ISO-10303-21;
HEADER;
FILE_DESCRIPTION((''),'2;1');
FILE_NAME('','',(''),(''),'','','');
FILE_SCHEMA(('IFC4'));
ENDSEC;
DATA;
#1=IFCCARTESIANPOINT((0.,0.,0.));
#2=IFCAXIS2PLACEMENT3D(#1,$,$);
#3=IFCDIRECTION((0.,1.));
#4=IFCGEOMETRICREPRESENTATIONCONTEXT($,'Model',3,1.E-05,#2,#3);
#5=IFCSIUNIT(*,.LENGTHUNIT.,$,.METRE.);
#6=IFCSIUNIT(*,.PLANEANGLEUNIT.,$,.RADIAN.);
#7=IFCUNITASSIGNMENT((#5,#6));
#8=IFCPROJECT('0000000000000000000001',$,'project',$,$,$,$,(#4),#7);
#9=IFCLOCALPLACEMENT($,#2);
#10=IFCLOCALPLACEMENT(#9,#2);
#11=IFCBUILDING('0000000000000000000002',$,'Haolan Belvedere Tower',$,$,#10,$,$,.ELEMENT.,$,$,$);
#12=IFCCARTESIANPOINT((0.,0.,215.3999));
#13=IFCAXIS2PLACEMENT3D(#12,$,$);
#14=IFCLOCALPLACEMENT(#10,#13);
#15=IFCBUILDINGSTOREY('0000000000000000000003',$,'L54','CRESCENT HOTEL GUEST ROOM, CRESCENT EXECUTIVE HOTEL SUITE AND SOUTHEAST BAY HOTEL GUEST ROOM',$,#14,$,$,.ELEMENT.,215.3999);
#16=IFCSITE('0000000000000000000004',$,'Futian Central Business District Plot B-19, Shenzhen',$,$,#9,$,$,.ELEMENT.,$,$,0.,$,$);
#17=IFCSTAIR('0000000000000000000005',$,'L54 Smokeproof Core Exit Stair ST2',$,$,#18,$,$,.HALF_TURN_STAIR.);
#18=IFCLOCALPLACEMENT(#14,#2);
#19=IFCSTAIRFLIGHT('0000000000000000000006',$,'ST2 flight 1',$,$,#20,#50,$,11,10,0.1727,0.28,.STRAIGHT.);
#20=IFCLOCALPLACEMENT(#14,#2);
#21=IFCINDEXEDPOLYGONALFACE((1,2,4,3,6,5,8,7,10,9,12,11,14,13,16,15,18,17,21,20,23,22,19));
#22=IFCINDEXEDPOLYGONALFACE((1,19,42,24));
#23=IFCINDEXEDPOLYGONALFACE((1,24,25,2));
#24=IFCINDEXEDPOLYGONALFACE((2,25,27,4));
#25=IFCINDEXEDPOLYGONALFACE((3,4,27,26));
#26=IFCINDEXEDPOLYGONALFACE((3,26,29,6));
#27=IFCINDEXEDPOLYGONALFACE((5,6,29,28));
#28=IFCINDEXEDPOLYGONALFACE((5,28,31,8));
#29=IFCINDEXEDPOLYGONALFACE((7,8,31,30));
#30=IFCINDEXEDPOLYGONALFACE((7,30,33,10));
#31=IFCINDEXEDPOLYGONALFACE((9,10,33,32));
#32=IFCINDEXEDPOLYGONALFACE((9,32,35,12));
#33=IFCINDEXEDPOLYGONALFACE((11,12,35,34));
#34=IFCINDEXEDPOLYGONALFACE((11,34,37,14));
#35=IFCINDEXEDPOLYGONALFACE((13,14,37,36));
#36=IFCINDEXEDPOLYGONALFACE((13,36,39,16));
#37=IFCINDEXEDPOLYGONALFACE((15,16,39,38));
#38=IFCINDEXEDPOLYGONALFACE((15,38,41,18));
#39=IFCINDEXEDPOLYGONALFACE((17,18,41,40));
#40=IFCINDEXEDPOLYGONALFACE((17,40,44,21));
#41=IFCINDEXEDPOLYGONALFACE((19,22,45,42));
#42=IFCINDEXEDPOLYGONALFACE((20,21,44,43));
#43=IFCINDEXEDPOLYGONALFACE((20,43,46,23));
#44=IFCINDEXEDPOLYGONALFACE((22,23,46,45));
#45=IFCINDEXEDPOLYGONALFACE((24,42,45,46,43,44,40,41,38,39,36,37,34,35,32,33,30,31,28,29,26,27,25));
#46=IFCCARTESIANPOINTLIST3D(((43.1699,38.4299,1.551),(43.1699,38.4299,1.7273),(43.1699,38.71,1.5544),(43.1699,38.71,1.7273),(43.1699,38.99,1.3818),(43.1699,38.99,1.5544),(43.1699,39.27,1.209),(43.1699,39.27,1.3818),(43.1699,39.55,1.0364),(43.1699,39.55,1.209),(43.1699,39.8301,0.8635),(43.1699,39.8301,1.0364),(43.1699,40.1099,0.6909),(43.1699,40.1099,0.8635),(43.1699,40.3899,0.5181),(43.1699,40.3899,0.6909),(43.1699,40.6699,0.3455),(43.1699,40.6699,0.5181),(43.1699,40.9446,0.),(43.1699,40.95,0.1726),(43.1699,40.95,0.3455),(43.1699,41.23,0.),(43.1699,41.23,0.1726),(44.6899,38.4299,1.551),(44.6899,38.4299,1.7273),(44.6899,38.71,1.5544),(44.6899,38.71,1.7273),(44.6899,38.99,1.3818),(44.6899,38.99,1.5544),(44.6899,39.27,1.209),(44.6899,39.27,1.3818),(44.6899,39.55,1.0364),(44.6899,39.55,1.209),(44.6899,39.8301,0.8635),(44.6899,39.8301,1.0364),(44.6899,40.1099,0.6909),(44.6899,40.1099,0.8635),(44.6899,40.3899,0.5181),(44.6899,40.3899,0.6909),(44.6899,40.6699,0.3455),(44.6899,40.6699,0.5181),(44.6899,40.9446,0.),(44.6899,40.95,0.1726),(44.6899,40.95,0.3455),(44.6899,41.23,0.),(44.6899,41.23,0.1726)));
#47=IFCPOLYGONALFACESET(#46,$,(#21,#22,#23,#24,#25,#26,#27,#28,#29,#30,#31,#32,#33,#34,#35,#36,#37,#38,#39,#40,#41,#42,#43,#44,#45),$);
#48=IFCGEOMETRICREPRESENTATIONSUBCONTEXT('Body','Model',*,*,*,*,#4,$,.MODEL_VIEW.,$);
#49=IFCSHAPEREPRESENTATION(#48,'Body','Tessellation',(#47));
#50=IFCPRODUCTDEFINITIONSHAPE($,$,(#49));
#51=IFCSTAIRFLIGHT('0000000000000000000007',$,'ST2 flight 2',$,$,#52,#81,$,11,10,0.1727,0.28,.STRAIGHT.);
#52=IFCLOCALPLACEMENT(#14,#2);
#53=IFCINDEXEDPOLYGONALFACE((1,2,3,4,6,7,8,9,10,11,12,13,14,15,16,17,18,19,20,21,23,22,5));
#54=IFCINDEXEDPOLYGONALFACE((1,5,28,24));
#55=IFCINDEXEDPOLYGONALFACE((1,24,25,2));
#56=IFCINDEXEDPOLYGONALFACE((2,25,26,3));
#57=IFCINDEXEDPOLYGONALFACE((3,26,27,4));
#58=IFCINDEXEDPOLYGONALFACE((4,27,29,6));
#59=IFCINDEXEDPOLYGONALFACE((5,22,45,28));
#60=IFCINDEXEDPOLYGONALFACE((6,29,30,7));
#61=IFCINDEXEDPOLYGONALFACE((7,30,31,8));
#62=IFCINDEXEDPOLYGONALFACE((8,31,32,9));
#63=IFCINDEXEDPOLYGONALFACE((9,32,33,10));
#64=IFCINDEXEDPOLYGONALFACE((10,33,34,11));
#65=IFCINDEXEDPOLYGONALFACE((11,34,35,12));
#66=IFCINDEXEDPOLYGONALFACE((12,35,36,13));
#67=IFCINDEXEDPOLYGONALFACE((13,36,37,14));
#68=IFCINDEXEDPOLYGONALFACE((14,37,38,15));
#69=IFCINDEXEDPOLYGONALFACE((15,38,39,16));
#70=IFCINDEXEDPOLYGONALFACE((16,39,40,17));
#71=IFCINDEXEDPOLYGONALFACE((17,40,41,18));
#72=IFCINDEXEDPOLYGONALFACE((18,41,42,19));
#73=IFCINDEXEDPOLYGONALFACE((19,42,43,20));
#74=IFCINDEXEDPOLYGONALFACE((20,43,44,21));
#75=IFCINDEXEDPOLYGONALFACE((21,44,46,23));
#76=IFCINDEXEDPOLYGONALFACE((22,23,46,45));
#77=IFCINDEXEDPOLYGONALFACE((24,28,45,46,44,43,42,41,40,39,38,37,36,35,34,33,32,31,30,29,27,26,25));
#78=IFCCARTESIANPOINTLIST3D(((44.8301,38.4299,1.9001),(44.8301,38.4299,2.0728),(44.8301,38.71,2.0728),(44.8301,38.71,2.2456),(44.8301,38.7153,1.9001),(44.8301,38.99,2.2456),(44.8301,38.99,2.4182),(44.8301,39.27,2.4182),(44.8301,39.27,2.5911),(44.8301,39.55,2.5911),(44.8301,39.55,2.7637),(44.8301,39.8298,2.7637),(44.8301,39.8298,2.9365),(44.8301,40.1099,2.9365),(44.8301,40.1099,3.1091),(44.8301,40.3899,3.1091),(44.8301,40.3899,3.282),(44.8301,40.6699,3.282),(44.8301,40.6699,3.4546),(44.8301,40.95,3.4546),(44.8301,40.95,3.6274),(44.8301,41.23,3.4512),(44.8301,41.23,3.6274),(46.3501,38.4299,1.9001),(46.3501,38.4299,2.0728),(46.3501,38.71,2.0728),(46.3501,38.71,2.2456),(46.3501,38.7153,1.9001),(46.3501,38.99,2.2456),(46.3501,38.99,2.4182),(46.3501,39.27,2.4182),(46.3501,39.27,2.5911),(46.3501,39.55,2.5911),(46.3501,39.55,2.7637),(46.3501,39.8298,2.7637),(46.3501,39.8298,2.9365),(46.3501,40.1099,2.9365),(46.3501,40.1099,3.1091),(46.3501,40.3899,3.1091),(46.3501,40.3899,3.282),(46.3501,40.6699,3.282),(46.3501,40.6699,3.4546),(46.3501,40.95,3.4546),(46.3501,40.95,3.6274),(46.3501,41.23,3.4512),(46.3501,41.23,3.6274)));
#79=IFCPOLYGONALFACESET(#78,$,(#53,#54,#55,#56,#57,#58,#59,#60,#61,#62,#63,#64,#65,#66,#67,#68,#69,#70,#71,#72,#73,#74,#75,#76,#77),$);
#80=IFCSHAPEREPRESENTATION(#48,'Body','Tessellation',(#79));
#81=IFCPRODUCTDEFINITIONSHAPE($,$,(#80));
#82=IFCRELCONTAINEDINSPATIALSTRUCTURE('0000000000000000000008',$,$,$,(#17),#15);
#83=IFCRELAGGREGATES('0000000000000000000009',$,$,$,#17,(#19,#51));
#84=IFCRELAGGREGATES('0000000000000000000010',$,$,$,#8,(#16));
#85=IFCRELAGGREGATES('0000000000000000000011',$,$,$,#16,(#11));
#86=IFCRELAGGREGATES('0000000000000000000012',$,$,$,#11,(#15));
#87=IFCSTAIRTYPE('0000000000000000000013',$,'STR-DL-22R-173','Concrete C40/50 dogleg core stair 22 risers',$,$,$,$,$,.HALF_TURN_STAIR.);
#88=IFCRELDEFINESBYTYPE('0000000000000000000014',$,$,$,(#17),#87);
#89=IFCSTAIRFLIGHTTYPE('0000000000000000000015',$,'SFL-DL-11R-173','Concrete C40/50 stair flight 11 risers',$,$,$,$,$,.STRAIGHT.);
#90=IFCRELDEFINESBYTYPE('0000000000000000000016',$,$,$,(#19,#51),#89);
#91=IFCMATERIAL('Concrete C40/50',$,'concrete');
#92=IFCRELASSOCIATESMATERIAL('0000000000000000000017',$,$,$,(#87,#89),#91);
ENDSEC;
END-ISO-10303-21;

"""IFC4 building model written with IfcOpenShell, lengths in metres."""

from ifc_helpers import new_model, si_unit, direction, frame, origin, place, context, subcontext, project, spatial, polyline, outline, extrude, material, type_object, element, aggregate, save


model = new_model("IFC4")

# Units and contexts
model_context = context("Model", 3, precision=1e-05, world=origin(), true_north=direction((0.0, 1.0)))
body_context = subcontext(model_context, "Body", "Model", "MODEL_VIEW")
ifc_project = project(units=[si_unit("LENGTHUNIT", "METRE"), si_unit("PLANEANGLEUNIT", "RADIAN")], contexts=[model_context])

# Site, building, storey
site_placement = place(None, origin())
site = spatial("IfcSite", under=ifc_project, at=site_placement, Name="Futian Central Business District Plot B-19, Shenzhen", CompositionType="ELEMENT", RefElevation=0.0)
building_placement = place(site_placement, origin())
building = spatial("IfcBuilding", under=site, at=building_placement, Name="Haolan Belvedere Tower", CompositionType="ELEMENT")
storey_placement = place(building_placement, frame((0.0, 0.0, 215.3999)))
storey = spatial("IfcBuildingStorey", under=building, at=storey_placement, Name="L54", Description="CRESCENT HOTEL GUEST ROOM, CRESCENT EXECUTIVE HOTEL SUITE AND SOUTHEAST BAY HOTEL GUEST ROOM", CompositionType="ELEMENT", Elevation=215.3999)

# Shared definitions
ifc_material_1 = material(Name="Concrete C40/50", Category="concrete")

# Shared definitions
stair_type = type_object("IfcStairType", Name="STR-DL-22R-173", Description="Concrete C40/50 dogleg core stair 22 risers", PredefinedType="HALF_TURN_STAIR", material=ifc_material_1)
stair_flight_type = type_object("IfcStairFlightType", Name="SFL-DL-11R-173", Description="Concrete C40/50 stair flight 11 risers", PredefinedType="STRAIGHT", material=ifc_material_1)

# Stair, stair flights
stair_1_placement = place(storey_placement, origin())
stair_1 = element("IfcStair", 1, at=stair_1_placement, inside=storey, type_object=stair_type, Name="L54 Smokeproof Core Exit Stair ST2", PredefinedType="HALF_TURN_STAIR")
stair_flight_1_placement = place(storey_placement, frame((43.9299, 41.23, 0.0), z_axis=(0.0, 0.0, 1.0), x_axis=(0.0, -1.0, 0.0)))
stair_flight_1 = element("IfcStairFlight", 2, at=stair_flight_1_placement, type_object=stair_flight_type, Name="ST2 flight 1", NumberOfRisers=11, NumberOfTreads=10, PredefinedType="STRAIGHT", RiserHeight=0.1727, TreadLength=0.28, context=body_context, shape_type="SweptSolid", body=[
    extrude(outline(polyline([(0.0, 0.0), (0.0, 0.1726), (0.28, 0.1726), (0.28, 0.3455), (0.5601, 0.3455), (0.5601, 0.5181), (0.8401, 0.5181), (0.8401, 0.6909), (1.1201, 0.6909), (1.1201, 0.8635), (1.3999, 0.8635), (1.3999, 1.0364), (1.6799, 1.0364), (1.6799, 1.209), (1.96, 1.209), (1.96, 1.3818), (2.24, 1.3818), (2.24, 1.5544), (2.52, 1.5544), (2.52, 1.7273), (2.8, 1.7273), (2.8, 1.8999), (2.8, 1.551), (0.2854, 0.0), (0.0, 0.0)])), frame((0.0, 0.76, 0.0), z_axis=(0.0, -1.0, 0.0), x_axis=(1.0, 0.0, 0.0)), (0.0, 0.0, 1.0), 1.52),
])
stair_flight_2_placement = place(storey_placement, frame((45.5901, 38.4299, 1.9001), z_axis=(0.0, 0.0, 1.0), x_axis=(0.0, 1.0, 0.0)))
stair_flight_2 = element("IfcStairFlight", 3, at=stair_flight_2_placement, type_object=stair_flight_type, Name="ST2 flight 2", NumberOfRisers=11, NumberOfTreads=10, PredefinedType="STRAIGHT", RiserHeight=0.1727, TreadLength=0.28, context=body_context, shape_type="SweptSolid", body=[
    extrude(outline(polyline([(0.0, 0.0), (0.0, 0.1726), (0.28, 0.1726), (0.28, 0.3455), (0.5601, 0.3455), (0.5601, 0.5181), (0.8401, 0.5181), (0.8401, 0.6909), (1.1201, 0.6909), (1.1201, 0.8635), (1.3999, 0.8635), (1.3999, 1.0364), (1.6799, 1.0364), (1.6799, 1.209), (1.96, 1.209), (1.96, 1.3818), (2.24, 1.3818), (2.24, 1.5544), (2.52, 1.5544), (2.52, 1.7273), (2.8, 1.7273), (2.8, 1.8999), (2.8, 1.551), (0.2854, 0.0), (0.0, 0.0)])), frame((0.0, 0.76, 0.0), z_axis=(0.0, -1.0, 0.0), x_axis=(1.0, 0.0, 0.0)), (0.0, 0.0, 1.0), 1.52),
])
aggregate(stair_1, [stair_flight_1, stair_flight_2])

save(model, "model.ifc")
